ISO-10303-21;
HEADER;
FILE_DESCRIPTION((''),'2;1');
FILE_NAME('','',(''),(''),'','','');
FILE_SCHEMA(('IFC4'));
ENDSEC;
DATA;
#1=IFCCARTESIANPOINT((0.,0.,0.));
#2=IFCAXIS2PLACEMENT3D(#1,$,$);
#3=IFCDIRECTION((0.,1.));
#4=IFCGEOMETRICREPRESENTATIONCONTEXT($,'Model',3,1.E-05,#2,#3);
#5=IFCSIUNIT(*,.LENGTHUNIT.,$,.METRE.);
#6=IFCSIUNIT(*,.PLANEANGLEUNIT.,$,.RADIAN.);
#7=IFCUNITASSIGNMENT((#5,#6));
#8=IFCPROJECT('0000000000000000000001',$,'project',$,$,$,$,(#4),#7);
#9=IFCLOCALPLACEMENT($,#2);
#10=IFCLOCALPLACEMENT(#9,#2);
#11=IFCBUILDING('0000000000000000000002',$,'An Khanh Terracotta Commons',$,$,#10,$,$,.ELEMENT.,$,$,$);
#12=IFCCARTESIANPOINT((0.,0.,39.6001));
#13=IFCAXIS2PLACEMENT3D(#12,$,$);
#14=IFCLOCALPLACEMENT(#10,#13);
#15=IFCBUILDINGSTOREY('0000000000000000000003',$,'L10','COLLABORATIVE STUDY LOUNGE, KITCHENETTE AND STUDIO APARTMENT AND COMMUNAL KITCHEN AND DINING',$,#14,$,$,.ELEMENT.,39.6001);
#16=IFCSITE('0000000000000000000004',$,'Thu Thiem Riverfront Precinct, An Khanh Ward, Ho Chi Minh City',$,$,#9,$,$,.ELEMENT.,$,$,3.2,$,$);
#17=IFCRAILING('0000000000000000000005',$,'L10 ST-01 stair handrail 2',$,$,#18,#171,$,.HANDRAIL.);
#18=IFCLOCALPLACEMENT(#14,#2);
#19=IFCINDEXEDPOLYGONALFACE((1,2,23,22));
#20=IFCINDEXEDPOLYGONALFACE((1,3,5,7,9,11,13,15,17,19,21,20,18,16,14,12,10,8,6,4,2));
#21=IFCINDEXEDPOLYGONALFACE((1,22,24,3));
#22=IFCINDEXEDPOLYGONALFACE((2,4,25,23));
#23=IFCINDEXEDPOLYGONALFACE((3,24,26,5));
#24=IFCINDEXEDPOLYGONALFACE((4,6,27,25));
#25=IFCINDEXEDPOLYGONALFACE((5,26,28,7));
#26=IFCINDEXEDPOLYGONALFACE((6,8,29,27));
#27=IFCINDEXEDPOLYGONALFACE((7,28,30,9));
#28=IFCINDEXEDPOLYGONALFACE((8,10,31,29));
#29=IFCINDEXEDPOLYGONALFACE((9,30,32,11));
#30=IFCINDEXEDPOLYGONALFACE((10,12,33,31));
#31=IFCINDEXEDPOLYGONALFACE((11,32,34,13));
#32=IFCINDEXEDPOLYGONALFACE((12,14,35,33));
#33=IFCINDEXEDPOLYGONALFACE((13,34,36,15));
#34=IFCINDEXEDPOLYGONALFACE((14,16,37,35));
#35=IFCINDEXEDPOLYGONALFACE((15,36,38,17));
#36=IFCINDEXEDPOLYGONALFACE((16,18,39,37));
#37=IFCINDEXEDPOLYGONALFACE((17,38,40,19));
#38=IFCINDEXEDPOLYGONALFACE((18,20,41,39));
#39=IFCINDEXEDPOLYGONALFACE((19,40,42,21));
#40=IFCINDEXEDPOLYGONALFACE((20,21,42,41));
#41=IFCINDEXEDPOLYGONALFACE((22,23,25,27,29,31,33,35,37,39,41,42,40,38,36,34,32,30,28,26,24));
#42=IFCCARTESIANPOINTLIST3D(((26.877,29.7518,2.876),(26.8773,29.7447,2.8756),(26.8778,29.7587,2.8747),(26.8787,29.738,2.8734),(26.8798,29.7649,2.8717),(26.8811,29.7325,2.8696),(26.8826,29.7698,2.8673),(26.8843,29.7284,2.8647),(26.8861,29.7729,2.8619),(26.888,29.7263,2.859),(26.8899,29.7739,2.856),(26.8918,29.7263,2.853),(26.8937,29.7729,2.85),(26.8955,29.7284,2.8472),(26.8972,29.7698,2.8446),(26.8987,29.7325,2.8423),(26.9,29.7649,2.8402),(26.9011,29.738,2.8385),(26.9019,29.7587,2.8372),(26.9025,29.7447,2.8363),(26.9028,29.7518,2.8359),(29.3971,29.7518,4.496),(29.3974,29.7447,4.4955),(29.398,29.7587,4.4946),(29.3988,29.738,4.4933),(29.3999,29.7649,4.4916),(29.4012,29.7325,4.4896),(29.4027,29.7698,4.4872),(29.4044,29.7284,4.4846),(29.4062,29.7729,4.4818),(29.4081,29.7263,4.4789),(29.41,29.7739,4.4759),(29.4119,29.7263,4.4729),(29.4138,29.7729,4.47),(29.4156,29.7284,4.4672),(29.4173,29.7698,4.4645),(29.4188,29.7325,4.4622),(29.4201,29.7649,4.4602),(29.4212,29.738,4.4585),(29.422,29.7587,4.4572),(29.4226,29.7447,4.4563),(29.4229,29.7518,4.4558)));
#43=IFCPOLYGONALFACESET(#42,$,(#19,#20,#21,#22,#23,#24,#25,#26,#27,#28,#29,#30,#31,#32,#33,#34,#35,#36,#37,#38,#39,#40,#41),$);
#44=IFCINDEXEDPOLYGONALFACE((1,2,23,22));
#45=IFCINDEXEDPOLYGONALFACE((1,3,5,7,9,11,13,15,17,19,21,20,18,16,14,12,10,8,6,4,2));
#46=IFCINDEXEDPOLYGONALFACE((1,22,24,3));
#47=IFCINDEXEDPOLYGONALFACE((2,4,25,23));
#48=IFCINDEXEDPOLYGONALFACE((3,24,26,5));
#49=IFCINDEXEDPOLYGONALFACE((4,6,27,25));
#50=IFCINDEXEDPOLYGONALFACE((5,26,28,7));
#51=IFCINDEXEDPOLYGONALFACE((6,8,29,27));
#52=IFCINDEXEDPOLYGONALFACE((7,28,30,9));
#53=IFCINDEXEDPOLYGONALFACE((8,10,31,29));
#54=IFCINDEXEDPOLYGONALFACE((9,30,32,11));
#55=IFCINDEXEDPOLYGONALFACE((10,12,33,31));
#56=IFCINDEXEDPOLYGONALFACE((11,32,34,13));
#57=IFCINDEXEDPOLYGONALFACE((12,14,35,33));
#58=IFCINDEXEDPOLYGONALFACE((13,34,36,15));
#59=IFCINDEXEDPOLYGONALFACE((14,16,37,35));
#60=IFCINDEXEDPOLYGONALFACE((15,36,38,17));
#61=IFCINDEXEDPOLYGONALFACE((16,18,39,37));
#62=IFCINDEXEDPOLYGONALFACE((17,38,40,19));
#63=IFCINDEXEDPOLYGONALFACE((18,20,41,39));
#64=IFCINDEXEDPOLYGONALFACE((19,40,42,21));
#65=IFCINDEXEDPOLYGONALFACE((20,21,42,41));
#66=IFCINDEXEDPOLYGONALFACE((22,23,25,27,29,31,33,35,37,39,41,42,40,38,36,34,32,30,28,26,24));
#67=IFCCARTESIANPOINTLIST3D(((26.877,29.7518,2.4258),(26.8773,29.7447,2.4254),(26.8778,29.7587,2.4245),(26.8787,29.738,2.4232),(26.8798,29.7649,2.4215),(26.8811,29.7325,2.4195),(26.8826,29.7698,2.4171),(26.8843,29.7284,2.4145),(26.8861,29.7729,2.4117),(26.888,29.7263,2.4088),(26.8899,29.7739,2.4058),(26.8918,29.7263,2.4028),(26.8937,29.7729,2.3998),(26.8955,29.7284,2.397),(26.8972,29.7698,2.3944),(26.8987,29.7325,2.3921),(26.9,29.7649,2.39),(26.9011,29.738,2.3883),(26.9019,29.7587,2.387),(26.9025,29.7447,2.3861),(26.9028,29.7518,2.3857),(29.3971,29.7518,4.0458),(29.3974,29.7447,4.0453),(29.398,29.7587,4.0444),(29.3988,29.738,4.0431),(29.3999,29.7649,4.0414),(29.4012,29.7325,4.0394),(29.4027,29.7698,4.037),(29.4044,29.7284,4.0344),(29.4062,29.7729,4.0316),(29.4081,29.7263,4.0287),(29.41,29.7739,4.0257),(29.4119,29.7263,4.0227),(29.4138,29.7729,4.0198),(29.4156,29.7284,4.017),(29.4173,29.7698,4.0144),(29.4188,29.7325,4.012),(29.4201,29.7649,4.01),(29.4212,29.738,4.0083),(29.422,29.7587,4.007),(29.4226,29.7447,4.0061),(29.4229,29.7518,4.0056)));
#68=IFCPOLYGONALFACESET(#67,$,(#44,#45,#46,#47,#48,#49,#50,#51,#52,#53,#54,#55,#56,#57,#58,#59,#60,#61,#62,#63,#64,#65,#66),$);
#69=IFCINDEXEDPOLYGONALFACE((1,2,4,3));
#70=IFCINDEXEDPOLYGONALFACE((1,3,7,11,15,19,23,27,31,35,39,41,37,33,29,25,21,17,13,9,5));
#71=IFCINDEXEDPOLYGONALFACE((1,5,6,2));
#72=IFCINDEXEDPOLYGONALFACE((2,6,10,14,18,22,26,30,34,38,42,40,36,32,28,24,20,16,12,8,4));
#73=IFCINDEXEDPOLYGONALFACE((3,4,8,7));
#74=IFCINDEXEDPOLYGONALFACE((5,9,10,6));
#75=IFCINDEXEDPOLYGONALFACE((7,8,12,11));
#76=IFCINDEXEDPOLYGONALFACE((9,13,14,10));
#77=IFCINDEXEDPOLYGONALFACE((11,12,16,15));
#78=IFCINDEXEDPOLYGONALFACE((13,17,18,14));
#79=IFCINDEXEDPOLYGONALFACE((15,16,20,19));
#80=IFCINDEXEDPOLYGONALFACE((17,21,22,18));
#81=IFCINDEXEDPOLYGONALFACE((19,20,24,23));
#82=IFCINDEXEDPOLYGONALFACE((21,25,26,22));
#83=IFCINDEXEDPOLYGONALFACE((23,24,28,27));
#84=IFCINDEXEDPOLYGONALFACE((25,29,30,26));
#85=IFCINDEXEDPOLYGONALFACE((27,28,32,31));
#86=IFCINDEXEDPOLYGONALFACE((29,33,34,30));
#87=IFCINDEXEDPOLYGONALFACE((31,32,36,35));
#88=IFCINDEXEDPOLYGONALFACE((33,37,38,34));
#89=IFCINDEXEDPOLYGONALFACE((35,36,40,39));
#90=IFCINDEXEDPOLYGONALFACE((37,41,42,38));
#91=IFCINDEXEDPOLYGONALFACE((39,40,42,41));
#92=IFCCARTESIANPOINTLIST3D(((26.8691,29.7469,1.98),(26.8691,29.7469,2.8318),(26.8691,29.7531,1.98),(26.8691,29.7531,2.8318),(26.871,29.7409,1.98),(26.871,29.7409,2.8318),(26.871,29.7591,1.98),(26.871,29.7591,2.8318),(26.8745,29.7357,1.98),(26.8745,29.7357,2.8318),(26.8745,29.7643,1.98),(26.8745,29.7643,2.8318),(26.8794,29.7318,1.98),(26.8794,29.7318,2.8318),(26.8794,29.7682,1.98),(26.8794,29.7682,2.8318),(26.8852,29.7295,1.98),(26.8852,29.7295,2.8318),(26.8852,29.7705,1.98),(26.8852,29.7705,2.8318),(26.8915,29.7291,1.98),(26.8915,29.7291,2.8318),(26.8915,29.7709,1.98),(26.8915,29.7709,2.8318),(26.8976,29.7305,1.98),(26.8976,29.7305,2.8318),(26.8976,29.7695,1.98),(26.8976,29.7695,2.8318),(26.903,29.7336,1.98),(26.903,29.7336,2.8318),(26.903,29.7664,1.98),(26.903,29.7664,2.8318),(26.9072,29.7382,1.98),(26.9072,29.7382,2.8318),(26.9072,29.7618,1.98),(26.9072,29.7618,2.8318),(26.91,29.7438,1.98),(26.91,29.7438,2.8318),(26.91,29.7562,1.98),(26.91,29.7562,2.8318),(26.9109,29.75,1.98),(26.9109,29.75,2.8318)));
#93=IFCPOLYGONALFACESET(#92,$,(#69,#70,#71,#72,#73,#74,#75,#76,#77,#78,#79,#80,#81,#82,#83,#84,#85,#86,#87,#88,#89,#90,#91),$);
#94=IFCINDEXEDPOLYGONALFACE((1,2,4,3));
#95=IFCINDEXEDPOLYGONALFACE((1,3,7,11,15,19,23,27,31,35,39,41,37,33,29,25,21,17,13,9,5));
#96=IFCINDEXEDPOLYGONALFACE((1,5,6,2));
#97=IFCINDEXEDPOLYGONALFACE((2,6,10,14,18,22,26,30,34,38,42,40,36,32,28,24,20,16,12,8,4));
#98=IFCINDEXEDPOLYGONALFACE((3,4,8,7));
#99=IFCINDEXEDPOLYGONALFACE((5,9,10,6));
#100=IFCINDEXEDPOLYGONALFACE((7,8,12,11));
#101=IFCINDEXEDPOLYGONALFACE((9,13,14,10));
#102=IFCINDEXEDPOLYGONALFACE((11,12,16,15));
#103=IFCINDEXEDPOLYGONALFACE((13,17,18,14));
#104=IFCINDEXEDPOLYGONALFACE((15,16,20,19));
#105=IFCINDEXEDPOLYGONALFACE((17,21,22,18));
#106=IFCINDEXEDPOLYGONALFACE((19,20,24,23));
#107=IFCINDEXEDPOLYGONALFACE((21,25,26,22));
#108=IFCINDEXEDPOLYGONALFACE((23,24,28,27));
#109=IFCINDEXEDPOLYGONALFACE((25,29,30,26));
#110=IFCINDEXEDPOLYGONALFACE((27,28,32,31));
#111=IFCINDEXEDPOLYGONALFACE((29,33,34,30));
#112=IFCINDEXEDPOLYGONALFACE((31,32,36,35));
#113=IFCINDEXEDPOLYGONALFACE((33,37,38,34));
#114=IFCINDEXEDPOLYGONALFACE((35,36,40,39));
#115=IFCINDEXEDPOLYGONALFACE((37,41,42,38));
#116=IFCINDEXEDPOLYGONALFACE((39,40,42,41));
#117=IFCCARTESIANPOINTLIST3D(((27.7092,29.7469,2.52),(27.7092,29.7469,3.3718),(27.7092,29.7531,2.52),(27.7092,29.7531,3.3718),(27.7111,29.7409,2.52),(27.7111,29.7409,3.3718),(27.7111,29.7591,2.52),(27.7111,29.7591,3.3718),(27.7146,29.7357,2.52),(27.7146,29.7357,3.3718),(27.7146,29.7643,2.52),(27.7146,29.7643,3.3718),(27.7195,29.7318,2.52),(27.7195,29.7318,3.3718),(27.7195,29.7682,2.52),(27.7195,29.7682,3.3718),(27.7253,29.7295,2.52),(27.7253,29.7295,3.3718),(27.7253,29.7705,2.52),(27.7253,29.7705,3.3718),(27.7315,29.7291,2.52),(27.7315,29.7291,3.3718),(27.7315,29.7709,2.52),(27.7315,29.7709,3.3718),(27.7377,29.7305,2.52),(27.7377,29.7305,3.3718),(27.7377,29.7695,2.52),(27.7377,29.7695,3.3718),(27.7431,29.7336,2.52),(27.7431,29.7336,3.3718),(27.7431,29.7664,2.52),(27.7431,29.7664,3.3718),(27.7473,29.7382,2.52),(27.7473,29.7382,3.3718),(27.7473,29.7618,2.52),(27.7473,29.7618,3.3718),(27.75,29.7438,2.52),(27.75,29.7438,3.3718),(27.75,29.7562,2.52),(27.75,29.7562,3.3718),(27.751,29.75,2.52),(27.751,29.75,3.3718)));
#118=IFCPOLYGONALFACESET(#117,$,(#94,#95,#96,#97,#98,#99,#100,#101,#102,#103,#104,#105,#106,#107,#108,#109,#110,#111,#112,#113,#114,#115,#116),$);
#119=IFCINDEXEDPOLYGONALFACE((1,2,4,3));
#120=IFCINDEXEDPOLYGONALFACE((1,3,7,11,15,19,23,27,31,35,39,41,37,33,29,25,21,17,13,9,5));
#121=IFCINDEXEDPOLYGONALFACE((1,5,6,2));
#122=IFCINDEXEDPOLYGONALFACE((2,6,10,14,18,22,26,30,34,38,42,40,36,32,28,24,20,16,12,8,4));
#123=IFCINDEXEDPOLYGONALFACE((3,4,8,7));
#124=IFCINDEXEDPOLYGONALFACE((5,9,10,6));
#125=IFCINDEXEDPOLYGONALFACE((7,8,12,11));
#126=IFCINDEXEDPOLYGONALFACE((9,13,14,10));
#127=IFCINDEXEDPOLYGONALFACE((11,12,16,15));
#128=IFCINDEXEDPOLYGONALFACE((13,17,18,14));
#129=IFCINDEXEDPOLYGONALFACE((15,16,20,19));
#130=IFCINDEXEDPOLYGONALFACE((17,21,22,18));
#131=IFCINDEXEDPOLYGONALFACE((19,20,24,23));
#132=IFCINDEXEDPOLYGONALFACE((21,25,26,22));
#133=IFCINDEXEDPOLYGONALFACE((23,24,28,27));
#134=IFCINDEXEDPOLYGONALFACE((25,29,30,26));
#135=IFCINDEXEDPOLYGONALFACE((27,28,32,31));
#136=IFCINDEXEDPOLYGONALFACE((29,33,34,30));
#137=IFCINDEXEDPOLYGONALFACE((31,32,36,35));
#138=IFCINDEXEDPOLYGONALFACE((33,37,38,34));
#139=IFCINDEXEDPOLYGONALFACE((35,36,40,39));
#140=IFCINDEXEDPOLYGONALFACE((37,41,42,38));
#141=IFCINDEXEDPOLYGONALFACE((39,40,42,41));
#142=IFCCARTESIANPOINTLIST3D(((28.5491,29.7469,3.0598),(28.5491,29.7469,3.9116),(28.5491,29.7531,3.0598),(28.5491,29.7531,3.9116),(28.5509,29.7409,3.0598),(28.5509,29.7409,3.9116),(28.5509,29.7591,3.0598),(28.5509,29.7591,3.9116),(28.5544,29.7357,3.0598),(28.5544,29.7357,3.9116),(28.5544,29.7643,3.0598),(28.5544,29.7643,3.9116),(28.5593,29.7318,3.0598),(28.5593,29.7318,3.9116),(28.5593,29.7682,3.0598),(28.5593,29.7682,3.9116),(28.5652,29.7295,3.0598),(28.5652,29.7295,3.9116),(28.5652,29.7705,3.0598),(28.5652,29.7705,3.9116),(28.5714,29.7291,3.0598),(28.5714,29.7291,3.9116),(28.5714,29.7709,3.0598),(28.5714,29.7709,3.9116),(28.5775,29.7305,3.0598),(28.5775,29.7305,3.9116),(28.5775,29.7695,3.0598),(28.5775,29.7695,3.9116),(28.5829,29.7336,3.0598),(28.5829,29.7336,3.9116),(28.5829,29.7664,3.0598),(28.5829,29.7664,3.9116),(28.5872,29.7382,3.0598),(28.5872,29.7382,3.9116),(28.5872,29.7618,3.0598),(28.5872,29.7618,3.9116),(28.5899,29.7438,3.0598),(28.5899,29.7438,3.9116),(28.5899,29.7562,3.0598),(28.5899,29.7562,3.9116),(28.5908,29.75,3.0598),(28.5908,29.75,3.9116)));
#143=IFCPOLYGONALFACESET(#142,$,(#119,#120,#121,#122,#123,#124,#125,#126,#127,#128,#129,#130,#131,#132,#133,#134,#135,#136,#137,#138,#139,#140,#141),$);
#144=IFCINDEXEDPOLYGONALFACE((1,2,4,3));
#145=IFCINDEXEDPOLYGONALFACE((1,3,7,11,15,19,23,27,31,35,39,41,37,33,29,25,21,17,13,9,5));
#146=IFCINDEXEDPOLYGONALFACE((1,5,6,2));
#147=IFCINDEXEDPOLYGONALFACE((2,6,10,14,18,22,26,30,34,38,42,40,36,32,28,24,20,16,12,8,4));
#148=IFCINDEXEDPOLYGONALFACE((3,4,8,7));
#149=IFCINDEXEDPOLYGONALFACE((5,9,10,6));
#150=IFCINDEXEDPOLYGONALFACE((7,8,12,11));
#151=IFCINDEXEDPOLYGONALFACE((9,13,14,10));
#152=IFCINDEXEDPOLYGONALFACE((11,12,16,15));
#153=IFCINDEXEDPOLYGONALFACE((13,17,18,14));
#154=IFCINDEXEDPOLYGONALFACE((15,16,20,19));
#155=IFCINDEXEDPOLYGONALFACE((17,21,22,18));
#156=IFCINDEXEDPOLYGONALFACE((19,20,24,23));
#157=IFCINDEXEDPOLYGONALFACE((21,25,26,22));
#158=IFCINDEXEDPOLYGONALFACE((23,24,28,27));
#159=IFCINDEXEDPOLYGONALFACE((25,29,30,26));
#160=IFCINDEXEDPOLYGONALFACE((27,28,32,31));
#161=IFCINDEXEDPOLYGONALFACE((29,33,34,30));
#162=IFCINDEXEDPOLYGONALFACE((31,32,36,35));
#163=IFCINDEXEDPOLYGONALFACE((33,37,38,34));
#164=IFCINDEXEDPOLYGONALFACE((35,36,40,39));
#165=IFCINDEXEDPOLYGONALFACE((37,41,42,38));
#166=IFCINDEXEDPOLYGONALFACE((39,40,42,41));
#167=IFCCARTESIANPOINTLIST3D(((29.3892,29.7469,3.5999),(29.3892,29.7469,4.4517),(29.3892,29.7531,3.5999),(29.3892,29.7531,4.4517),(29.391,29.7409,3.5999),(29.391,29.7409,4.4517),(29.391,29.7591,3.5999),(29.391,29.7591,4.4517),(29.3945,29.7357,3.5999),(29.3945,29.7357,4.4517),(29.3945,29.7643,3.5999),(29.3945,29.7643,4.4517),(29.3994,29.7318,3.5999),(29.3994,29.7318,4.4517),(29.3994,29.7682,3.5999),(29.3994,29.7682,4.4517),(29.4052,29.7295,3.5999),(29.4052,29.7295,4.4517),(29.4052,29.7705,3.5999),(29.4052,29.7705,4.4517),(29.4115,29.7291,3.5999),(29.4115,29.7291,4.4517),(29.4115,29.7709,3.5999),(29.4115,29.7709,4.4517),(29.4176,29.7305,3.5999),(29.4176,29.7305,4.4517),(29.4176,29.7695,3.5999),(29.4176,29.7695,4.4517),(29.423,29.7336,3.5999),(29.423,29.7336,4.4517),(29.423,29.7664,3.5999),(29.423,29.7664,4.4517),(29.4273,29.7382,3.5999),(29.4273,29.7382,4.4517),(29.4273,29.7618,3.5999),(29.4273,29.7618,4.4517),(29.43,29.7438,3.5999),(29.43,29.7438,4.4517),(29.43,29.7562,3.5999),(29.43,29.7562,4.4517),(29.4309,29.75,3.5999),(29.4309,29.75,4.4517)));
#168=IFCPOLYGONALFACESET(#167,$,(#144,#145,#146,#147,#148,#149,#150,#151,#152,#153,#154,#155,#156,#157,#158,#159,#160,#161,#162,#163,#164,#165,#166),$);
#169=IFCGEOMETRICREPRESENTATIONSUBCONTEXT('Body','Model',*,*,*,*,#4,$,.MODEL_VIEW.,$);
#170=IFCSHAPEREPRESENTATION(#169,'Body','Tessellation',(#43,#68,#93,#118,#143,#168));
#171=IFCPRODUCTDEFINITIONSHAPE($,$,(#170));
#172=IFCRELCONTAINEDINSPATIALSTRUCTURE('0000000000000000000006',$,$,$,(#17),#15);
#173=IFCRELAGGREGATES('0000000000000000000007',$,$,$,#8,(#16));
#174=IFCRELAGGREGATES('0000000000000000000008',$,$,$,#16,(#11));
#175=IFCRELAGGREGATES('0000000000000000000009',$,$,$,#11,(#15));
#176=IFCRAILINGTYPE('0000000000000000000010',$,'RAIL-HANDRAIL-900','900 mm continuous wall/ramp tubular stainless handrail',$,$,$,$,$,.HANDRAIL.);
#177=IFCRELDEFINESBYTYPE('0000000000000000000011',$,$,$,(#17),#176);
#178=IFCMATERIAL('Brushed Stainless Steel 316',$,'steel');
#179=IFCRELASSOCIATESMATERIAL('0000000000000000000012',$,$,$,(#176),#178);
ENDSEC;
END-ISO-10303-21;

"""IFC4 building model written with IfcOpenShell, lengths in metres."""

from ifc_helpers import new_model, si_unit, direction, frame, origin, origin_2d, place, context, subcontext, project, spatial, circle, extrude, material, type_object, element, save


model = new_model("IFC4")

# Units and contexts
model_context = context("Model", 3, precision=1e-05, world=origin(), true_north=direction((0.0, 1.0)))
body_context = subcontext(model_context, "Body", "Model", "MODEL_VIEW")
ifc_project = project(units=[si_unit("LENGTHUNIT", "METRE"), si_unit("PLANEANGLEUNIT", "RADIAN")], contexts=[model_context])

# Site, building, storey
site_placement = place(None, origin())
site = spatial("IfcSite", under=ifc_project, at=site_placement, Name="Thu Thiem Riverfront Precinct, An Khanh Ward, Ho Chi Minh City", CompositionType="ELEMENT", RefElevation=3.2)
building_placement = place(site_placement, origin())
building = spatial("IfcBuilding", under=site, at=building_placement, Name="An Khanh Terracotta Commons", CompositionType="ELEMENT")
storey_placement = place(building_placement, frame((0.0, 0.0, 39.6001)))
storey = spatial("IfcBuildingStorey", under=building, at=storey_placement, Name="L10", Description="COLLABORATIVE STUDY LOUNGE, KITCHENETTE AND STUDIO APARTMENT AND COMMUNAL KITCHEN AND DINING", CompositionType="ELEMENT", Elevation=39.6001)

# Railing
ifc_material_1 = material(Name="Brushed Stainless Steel 316", Category="steel")
railing_type_1 = type_object("IfcRailingType", Name="RAIL-HANDRAIL-900", Description="900 mm continuous wall/ramp tubular stainless handrail", PredefinedType="HANDRAIL", material=ifc_material_1)
railing_1_placement = place(storey_placement, frame((26.8899, 29.75, 1.98)))
element("IfcRailing", 1, at=railing_1_placement, inside=storey, type_object=railing_type_1, Name="L10 ST-01 stair handrail 2", PredefinedType="HANDRAIL", context=body_context, shape_type="SweptSolid", body=[
    extrude(circle(Radius=0.0239, at=origin_2d()), frame((0.0, 0.0, 0.876), z_axis=(0.8412, 0.0, 0.540725), x_axis=(0.0, 1.0, 0.0)), (0.0, 0.0, 1.0), 2.9958),
    extrude(circle(Radius=0.0239, at=origin_2d()), frame((0.0, 0.0, 0.4258), z_axis=(0.8412, 0.0, 0.540725), x_axis=(0.0, 1.0, 0.0)), (0.0, 0.0, 1.0), 2.9958),
    extrude(circle(Radius=0.021, at=origin_2d()), origin(), (0.0, 0.0, 1.0), 0.8518),
    extrude(circle(Radius=0.021, at=origin_2d()), frame((0.8401, 0.0, 0.54)), (0.0, 0.0, 1.0), 0.8518),
    extrude(circle(Radius=0.021, at=origin_2d()), frame((1.6799, 0.0, 1.0798)), (0.0, 0.0, 1.0), 0.8518),
    extrude(circle(Radius=0.021, at=origin_2d()), frame((2.52, 0.0, 1.6199)), (0.0, 0.0, 1.0), 0.8518),
])

save(model, "model.ifc")
